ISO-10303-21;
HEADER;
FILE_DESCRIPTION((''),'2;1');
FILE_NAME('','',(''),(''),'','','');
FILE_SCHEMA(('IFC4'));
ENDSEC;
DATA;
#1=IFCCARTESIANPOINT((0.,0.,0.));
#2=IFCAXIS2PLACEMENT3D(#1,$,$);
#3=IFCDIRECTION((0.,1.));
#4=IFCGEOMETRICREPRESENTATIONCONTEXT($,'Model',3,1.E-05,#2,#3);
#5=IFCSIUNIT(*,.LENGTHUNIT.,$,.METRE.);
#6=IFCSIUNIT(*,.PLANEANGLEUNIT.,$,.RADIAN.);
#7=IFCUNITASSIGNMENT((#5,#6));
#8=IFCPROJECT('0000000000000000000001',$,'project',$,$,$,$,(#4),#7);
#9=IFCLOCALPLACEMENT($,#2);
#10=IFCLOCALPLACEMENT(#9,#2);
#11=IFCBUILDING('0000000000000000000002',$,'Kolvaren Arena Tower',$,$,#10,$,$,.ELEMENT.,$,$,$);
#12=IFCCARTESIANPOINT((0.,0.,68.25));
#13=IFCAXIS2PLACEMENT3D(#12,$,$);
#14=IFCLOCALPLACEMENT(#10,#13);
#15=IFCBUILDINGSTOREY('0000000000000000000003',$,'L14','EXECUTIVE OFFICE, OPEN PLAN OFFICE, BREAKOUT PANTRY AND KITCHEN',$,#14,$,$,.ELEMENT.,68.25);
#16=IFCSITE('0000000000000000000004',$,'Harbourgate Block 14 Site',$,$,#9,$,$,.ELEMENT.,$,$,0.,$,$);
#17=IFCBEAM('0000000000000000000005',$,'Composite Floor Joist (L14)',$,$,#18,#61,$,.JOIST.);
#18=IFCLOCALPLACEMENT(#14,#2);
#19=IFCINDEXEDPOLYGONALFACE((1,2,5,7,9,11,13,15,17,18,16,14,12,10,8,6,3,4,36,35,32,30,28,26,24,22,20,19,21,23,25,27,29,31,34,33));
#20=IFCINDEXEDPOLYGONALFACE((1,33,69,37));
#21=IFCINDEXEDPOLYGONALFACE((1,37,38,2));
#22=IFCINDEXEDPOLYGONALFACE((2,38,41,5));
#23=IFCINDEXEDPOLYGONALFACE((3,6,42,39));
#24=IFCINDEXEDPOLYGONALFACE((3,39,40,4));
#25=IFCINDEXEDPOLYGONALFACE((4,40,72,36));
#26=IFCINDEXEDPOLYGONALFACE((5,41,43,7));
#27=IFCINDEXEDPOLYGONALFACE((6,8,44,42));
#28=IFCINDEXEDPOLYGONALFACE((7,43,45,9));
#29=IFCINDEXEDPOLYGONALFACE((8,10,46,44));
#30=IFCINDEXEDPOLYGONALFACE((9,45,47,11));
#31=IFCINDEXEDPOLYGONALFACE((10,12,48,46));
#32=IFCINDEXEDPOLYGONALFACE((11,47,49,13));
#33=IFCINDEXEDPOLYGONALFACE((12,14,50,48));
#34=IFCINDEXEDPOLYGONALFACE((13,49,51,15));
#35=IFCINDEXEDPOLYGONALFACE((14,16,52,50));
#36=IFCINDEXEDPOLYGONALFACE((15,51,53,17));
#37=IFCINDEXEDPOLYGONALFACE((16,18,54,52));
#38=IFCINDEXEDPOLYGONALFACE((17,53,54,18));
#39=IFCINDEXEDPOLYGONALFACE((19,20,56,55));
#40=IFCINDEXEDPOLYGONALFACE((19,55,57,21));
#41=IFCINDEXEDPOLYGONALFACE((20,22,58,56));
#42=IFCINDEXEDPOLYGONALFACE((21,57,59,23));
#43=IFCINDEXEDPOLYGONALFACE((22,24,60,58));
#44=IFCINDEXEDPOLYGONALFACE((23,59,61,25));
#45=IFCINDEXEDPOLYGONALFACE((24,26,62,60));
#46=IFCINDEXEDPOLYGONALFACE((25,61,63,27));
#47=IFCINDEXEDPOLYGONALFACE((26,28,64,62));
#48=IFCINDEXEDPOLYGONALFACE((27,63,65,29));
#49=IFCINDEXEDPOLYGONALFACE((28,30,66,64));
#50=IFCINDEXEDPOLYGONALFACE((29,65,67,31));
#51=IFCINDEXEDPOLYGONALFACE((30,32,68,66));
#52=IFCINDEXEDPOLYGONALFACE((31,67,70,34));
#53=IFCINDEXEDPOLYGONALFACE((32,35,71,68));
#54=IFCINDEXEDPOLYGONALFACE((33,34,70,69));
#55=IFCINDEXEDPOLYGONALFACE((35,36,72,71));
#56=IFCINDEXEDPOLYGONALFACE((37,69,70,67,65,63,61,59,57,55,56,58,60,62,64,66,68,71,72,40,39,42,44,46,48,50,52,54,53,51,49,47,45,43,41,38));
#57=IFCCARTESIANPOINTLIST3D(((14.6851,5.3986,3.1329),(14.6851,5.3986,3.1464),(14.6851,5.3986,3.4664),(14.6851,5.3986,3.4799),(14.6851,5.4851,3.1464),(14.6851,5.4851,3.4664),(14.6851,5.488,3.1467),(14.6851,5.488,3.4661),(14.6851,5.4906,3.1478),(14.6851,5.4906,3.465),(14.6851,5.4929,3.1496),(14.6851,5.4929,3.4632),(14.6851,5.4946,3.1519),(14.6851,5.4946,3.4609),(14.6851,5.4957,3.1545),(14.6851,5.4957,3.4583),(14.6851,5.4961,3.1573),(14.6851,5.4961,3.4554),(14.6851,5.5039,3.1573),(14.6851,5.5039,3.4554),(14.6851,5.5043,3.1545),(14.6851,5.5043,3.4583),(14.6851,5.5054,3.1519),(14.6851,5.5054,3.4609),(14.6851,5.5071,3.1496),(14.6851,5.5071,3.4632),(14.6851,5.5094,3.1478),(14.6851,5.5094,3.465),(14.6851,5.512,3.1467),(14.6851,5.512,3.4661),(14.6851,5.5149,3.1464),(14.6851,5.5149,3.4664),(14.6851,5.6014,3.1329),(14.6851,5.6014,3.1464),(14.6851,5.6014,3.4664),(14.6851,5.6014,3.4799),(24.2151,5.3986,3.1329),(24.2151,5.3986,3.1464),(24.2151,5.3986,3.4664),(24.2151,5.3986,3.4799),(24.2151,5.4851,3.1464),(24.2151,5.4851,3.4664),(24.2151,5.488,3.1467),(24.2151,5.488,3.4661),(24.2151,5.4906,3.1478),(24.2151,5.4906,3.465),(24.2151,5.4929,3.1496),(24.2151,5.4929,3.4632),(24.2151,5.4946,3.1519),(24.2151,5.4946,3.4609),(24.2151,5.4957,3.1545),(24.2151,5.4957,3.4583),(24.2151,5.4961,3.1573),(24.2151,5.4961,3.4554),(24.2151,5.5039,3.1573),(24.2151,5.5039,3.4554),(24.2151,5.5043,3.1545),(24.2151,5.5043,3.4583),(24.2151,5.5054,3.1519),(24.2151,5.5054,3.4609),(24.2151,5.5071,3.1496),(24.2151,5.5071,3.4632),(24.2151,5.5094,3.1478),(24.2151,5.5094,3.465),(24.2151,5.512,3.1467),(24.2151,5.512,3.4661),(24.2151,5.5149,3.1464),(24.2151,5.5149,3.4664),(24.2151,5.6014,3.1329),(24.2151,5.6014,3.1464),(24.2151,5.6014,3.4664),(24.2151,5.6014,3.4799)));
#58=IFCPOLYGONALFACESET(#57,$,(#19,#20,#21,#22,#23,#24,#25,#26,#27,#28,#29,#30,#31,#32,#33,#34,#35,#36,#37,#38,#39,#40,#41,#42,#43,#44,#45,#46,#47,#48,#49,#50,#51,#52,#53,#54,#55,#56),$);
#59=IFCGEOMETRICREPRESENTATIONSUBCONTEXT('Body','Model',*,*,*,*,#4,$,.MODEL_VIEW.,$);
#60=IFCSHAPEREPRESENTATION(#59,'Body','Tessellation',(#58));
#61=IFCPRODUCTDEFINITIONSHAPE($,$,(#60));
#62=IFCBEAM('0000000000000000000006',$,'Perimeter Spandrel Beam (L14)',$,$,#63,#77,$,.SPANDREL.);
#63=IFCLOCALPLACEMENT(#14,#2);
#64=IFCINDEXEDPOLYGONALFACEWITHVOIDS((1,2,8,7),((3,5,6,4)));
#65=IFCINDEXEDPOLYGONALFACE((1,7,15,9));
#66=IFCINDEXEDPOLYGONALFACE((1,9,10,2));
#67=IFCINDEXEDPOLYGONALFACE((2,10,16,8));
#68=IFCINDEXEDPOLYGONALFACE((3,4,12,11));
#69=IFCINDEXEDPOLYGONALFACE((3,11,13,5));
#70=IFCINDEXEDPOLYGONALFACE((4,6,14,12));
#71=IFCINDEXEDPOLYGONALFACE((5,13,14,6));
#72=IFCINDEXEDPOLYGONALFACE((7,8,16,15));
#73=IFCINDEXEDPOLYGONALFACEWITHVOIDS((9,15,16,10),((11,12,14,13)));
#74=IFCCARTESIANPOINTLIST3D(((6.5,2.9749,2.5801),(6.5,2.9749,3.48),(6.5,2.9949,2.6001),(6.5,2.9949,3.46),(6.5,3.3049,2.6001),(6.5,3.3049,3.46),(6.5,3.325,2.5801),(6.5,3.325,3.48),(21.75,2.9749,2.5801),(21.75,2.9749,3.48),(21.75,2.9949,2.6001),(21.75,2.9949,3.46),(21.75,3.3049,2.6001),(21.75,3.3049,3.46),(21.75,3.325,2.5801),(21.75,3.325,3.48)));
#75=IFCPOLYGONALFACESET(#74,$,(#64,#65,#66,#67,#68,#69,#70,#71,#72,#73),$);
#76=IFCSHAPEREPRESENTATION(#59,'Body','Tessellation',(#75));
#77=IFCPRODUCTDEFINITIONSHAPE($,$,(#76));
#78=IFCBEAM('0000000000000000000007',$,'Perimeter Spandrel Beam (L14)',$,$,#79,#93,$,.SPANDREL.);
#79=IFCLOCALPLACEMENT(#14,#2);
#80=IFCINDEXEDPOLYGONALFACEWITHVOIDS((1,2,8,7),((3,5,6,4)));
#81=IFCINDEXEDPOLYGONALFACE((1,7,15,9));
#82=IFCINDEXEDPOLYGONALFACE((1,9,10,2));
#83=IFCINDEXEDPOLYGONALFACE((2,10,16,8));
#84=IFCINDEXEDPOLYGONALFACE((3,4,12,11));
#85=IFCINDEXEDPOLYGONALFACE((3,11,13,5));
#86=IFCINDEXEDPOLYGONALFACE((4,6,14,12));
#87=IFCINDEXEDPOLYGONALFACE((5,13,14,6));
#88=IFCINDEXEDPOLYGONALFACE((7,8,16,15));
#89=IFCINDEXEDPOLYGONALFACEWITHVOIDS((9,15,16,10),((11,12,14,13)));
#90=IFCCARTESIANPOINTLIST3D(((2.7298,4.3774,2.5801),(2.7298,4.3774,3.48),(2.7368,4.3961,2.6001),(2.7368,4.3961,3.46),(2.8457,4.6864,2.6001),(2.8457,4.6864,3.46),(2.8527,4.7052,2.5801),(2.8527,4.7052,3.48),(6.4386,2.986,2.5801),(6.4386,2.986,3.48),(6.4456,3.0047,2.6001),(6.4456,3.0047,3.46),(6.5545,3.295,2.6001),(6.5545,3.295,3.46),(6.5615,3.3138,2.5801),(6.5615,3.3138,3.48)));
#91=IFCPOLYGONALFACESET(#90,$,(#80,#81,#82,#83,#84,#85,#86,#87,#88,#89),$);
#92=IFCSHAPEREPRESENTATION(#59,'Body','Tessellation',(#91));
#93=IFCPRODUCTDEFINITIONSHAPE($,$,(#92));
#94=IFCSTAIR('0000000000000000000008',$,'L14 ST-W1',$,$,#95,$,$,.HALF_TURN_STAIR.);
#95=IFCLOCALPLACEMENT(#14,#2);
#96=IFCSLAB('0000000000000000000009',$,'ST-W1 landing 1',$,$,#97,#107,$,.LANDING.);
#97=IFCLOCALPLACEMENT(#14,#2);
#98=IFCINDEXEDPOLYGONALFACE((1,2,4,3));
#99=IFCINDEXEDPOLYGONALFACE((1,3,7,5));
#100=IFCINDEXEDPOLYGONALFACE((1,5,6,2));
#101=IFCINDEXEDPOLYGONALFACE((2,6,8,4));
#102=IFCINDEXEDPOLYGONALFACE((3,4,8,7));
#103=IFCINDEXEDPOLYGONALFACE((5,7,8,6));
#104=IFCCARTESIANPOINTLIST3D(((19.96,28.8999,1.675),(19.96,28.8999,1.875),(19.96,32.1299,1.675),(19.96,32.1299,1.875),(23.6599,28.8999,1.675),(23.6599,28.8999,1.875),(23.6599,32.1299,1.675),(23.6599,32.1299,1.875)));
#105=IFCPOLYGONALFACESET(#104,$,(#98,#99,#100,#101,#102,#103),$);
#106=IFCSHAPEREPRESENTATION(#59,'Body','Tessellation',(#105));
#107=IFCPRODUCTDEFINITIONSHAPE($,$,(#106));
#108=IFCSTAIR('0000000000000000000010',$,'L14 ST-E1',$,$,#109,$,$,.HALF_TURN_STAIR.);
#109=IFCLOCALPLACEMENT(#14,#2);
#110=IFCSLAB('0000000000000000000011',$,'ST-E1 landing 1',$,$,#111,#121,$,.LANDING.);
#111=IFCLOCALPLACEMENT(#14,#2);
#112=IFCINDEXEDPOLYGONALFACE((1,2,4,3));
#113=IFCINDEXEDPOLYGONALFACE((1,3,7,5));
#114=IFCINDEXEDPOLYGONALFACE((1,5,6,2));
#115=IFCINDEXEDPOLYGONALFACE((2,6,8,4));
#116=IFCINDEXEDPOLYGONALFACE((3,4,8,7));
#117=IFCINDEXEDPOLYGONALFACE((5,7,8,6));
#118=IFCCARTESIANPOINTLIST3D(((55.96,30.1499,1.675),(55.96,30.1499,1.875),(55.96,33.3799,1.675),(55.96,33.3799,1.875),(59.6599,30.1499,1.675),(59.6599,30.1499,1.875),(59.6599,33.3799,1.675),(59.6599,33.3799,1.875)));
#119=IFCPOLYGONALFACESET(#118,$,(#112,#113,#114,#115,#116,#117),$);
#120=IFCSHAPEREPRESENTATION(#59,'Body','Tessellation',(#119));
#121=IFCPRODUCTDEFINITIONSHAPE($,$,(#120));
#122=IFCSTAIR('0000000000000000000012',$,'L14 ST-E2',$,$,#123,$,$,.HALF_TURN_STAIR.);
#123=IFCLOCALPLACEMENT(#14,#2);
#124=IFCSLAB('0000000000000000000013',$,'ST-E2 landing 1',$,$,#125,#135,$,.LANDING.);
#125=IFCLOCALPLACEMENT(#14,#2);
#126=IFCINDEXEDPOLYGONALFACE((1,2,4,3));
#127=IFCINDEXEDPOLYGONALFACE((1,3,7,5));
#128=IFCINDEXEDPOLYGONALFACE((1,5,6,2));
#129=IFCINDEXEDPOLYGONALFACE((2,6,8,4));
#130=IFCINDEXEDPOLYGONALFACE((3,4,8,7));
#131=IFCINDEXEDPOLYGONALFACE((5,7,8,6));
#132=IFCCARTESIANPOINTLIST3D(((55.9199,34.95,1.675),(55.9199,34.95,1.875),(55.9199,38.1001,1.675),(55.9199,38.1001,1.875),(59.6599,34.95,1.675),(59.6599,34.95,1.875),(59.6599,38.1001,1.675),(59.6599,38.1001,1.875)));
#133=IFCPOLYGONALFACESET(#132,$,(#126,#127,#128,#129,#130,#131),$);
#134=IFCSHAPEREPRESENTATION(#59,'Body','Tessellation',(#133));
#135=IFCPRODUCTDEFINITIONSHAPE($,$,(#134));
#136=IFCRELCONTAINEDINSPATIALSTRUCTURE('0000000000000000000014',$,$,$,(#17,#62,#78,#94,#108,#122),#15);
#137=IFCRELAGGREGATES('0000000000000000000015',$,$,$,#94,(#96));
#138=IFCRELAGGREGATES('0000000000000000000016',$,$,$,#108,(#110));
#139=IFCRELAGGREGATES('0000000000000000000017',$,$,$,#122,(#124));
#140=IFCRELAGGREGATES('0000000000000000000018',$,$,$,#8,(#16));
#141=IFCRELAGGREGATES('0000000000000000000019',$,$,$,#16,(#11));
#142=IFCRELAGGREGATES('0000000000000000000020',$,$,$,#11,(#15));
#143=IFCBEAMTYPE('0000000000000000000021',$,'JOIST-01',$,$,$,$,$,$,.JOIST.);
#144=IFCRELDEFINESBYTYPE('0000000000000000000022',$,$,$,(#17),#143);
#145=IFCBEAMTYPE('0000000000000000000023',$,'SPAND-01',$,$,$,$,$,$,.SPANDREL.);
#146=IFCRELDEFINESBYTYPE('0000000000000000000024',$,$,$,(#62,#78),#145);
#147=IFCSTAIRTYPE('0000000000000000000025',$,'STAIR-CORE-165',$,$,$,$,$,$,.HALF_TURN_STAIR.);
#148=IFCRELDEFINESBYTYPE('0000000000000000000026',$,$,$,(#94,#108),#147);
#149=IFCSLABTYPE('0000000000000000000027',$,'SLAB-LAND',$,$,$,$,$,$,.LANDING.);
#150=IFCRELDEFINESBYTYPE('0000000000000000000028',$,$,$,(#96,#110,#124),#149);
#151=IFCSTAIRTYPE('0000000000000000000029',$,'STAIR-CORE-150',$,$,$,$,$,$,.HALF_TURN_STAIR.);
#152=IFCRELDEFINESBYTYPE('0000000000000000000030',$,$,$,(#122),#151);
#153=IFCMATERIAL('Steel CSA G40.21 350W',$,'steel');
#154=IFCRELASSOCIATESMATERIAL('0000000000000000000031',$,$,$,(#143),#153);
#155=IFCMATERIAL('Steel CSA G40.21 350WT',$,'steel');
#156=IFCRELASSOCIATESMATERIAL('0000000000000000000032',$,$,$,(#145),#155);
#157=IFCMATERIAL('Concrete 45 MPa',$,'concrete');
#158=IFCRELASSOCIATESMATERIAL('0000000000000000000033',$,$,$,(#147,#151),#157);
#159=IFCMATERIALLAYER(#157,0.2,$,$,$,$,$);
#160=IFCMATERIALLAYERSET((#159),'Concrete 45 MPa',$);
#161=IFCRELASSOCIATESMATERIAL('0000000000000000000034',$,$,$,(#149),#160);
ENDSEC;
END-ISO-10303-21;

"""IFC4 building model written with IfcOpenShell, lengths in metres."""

from ifc_helpers import new_model, si_unit, direction, frame, origin, origin_2d, place, context, subcontext, project, spatial, polyline, hollow_rectangle, i_section, outline, extrude, material, layer, layer_set, material_profile, profile_set, type_object, element, aggregate, save


model = new_model("IFC4")

# Units and contexts
model_context = context("Model", 3, precision=1e-05, world=origin(), true_north=direction((0.0, 1.0)))
body_context = subcontext(model_context, "Body", "Model", "MODEL_VIEW")
ifc_project = project(units=[si_unit("LENGTHUNIT", "METRE"), si_unit("PLANEANGLEUNIT", "RADIAN")], contexts=[model_context])

# Site, building, storey
site_placement = place(None, origin())
site = spatial("IfcSite", under=ifc_project, at=site_placement, Name="Harbourgate Block 14 Site", CompositionType="ELEMENT", RefElevation=0.0)
building_placement = place(site_placement, origin())
building = spatial("IfcBuilding", under=site, at=building_placement, Name="Kolvaren Arena Tower", CompositionType="ELEMENT")
storey_placement = place(building_placement, frame((0.0, 0.0, 68.25)))
storey = spatial("IfcBuildingStorey", under=building, at=storey_placement, Name="L14", Description="EXECUTIVE OFFICE, OPEN PLAN OFFICE, BREAKOUT PANTRY AND KITCHEN", CompositionType="ELEMENT", Elevation=68.25)

# Beams
ifc_material_1 = material(Name="Steel CSA G40.21 350W", Category="steel")
ifc_material_profile_1 = material_profile(ifc_material_1, i_section(OverallWidth=0.2029, OverallDepth=0.3469, WebThickness=0.0078, FlangeThickness=0.0134, FilletRadius=0.011, at=origin_2d()), Name="W360x64")
ifc_profile_set_1 = profile_set([ifc_material_profile_1], Name="Steel CSA G40.21 350W")
beam_type_1 = type_object("IfcBeamType", Name="JOIST-01", PredefinedType="JOIST", material=ifc_profile_set_1)
beam_1_placement = place(storey_placement, frame((14.6851, 5.5, 3.3064), z_axis=(1.0, 0.0, 0.0), x_axis=(0.0, 1.0, 0.0)))
element("IfcBeam", 1, at=beam_1_placement, inside=storey, type_object=beam_type_1, Name="Composite Floor Joist (L14)", PredefinedType="JOIST", context=body_context, shape_type="SweptSolid", body=[
    extrude(i_section(OverallWidth=0.2029, OverallDepth=0.3469, WebThickness=0.0078, FlangeThickness=0.0134, FilletRadius=0.011, at=origin_2d()), origin(), (0.0, 0.0, 1.0), 9.53),
])
ifc_material_2 = material(Name="Steel CSA G40.21 350WT", Category="steel")
ifc_material_profile_2 = material_profile(ifc_material_2, hollow_rectangle(XDim=0.3501, YDim=0.8999, WallThickness=0.02, at=origin_2d()), Name="HSS 900x350x20")
ifc_profile_set_2 = profile_set([ifc_material_profile_2], Name="Steel CSA G40.21 350WT")
beam_type_2 = type_object("IfcBeamType", Name="SPAND-01", PredefinedType="SPANDREL", material=ifc_profile_set_2)
beam_2_placement = place(storey_placement, frame((6.5, 3.1499, 3.03), z_axis=(1.0, 0.0, 0.0), x_axis=(0.0, 1.0, 0.0)))
element("IfcBeam", 2, at=beam_2_placement, inside=storey, type_object=beam_type_2, Name="Perimeter Spandrel Beam (L14)", PredefinedType="SPANDREL", context=body_context, shape_type="SweptSolid", body=[
    extrude(hollow_rectangle(XDim=0.3501, YDim=0.8999, WallThickness=0.02, at=origin_2d()), origin(), (0.0, 0.0, 1.0), 15.25),
])
beam_3_placement = place(storey_placement, frame((2.7913, 4.5413, 3.03), z_axis=(0.936281, -0.351252, 0.0), x_axis=(0.351252, 0.936281, 0.0)))
element("IfcBeam", 3, at=beam_3_placement, inside=storey, type_object=beam_type_2, Name="Perimeter Spandrel Beam (L14)", PredefinedType="SPANDREL", context=body_context, shape_type="SweptSolid", body=[
    extrude(hollow_rectangle(XDim=0.3501, YDim=0.8999, WallThickness=0.02, at=origin_2d()), origin(), (0.0, 0.0, 1.0), 3.9612),
])

# Stairs, slabs
ifc_material_3 = material(Name="Concrete 45 MPa", Category="concrete")
stair_type_1 = type_object("IfcStairType", Name="STAIR-CORE-165", PredefinedType="HALF_TURN_STAIR", material=ifc_material_3)
stair_1_placement = place(storey_placement, origin())
stair_1 = element("IfcStair", 4, at=stair_1_placement, inside=storey, type_object=stair_type_1, Name="L14 ST-W1", PredefinedType="HALF_TURN_STAIR")
ifc_layer_1 = layer(ifc_material_3, 0.2)
ifc_layer_set_1 = layer_set([ifc_layer_1], Name="Concrete 45 MPa")
slab_type_1 = type_object("IfcSlabType", Name="SLAB-LAND", PredefinedType="LANDING", material=ifc_layer_set_1)
slab_1_placement = place(storey_placement, frame((0.0, 0.0, 1.675)))
slab_1 = element("IfcSlab", 5, at=slab_1_placement, type_object=slab_type_1, Name="ST-W1 landing 1", PredefinedType="LANDING", context=body_context, shape_type="SweptSolid", body=[
    extrude(outline(polyline([(19.96, 28.8999), (23.6599, 28.8999), (23.6599, 32.1299), (19.96, 32.1299), (19.96, 28.8999)])), origin(), (0.0, 0.0, 1.0), 0.2),
])
aggregate(stair_1, [slab_1])
stair_2_placement = place(storey_placement, origin())
stair_2 = element("IfcStair", 6, at=stair_2_placement, inside=storey, type_object=stair_type_1, Name="L14 ST-E1", PredefinedType="HALF_TURN_STAIR")
slab_2_placement = place(storey_placement, frame((0.0, 0.0, 1.675)))
slab_2 = element("IfcSlab", 7, at=slab_2_placement, type_object=slab_type_1, Name="ST-E1 landing 1", PredefinedType="LANDING", context=body_context, shape_type="SweptSolid", body=[
    extrude(outline(polyline([(55.96, 30.1499), (59.6599, 30.1499), (59.6599, 33.3799), (55.96, 33.3799), (55.96, 30.1499)])), origin(), (0.0, 0.0, 1.0), 0.2),
])
aggregate(stair_2, [slab_2])
stair_type_2 = type_object("IfcStairType", Name="STAIR-CORE-150", PredefinedType="HALF_TURN_STAIR", material=ifc_material_3)
stair_3_placement = place(storey_placement, origin())
stair_3 = element("IfcStair", 8, at=stair_3_placement, inside=storey, type_object=stair_type_2, Name="L14 ST-E2", PredefinedType="HALF_TURN_STAIR")
slab_3_placement = place(storey_placement, frame((0.0, 0.0, 1.675)))
slab_3 = element("IfcSlab", 9, at=slab_3_placement, type_object=slab_type_1, Name="ST-E2 landing 1", PredefinedType="LANDING", context=body_context, shape_type="SweptSolid", body=[
    extrude(outline(polyline([(55.9199, 34.95), (59.6599, 34.95), (59.6599, 38.1001), (55.9199, 38.1001), (55.9199, 34.95)])), origin(), (0.0, 0.0, 1.0), 0.2),
])
aggregate(stair_3, [slab_3])

save(model, "model.ifc")
